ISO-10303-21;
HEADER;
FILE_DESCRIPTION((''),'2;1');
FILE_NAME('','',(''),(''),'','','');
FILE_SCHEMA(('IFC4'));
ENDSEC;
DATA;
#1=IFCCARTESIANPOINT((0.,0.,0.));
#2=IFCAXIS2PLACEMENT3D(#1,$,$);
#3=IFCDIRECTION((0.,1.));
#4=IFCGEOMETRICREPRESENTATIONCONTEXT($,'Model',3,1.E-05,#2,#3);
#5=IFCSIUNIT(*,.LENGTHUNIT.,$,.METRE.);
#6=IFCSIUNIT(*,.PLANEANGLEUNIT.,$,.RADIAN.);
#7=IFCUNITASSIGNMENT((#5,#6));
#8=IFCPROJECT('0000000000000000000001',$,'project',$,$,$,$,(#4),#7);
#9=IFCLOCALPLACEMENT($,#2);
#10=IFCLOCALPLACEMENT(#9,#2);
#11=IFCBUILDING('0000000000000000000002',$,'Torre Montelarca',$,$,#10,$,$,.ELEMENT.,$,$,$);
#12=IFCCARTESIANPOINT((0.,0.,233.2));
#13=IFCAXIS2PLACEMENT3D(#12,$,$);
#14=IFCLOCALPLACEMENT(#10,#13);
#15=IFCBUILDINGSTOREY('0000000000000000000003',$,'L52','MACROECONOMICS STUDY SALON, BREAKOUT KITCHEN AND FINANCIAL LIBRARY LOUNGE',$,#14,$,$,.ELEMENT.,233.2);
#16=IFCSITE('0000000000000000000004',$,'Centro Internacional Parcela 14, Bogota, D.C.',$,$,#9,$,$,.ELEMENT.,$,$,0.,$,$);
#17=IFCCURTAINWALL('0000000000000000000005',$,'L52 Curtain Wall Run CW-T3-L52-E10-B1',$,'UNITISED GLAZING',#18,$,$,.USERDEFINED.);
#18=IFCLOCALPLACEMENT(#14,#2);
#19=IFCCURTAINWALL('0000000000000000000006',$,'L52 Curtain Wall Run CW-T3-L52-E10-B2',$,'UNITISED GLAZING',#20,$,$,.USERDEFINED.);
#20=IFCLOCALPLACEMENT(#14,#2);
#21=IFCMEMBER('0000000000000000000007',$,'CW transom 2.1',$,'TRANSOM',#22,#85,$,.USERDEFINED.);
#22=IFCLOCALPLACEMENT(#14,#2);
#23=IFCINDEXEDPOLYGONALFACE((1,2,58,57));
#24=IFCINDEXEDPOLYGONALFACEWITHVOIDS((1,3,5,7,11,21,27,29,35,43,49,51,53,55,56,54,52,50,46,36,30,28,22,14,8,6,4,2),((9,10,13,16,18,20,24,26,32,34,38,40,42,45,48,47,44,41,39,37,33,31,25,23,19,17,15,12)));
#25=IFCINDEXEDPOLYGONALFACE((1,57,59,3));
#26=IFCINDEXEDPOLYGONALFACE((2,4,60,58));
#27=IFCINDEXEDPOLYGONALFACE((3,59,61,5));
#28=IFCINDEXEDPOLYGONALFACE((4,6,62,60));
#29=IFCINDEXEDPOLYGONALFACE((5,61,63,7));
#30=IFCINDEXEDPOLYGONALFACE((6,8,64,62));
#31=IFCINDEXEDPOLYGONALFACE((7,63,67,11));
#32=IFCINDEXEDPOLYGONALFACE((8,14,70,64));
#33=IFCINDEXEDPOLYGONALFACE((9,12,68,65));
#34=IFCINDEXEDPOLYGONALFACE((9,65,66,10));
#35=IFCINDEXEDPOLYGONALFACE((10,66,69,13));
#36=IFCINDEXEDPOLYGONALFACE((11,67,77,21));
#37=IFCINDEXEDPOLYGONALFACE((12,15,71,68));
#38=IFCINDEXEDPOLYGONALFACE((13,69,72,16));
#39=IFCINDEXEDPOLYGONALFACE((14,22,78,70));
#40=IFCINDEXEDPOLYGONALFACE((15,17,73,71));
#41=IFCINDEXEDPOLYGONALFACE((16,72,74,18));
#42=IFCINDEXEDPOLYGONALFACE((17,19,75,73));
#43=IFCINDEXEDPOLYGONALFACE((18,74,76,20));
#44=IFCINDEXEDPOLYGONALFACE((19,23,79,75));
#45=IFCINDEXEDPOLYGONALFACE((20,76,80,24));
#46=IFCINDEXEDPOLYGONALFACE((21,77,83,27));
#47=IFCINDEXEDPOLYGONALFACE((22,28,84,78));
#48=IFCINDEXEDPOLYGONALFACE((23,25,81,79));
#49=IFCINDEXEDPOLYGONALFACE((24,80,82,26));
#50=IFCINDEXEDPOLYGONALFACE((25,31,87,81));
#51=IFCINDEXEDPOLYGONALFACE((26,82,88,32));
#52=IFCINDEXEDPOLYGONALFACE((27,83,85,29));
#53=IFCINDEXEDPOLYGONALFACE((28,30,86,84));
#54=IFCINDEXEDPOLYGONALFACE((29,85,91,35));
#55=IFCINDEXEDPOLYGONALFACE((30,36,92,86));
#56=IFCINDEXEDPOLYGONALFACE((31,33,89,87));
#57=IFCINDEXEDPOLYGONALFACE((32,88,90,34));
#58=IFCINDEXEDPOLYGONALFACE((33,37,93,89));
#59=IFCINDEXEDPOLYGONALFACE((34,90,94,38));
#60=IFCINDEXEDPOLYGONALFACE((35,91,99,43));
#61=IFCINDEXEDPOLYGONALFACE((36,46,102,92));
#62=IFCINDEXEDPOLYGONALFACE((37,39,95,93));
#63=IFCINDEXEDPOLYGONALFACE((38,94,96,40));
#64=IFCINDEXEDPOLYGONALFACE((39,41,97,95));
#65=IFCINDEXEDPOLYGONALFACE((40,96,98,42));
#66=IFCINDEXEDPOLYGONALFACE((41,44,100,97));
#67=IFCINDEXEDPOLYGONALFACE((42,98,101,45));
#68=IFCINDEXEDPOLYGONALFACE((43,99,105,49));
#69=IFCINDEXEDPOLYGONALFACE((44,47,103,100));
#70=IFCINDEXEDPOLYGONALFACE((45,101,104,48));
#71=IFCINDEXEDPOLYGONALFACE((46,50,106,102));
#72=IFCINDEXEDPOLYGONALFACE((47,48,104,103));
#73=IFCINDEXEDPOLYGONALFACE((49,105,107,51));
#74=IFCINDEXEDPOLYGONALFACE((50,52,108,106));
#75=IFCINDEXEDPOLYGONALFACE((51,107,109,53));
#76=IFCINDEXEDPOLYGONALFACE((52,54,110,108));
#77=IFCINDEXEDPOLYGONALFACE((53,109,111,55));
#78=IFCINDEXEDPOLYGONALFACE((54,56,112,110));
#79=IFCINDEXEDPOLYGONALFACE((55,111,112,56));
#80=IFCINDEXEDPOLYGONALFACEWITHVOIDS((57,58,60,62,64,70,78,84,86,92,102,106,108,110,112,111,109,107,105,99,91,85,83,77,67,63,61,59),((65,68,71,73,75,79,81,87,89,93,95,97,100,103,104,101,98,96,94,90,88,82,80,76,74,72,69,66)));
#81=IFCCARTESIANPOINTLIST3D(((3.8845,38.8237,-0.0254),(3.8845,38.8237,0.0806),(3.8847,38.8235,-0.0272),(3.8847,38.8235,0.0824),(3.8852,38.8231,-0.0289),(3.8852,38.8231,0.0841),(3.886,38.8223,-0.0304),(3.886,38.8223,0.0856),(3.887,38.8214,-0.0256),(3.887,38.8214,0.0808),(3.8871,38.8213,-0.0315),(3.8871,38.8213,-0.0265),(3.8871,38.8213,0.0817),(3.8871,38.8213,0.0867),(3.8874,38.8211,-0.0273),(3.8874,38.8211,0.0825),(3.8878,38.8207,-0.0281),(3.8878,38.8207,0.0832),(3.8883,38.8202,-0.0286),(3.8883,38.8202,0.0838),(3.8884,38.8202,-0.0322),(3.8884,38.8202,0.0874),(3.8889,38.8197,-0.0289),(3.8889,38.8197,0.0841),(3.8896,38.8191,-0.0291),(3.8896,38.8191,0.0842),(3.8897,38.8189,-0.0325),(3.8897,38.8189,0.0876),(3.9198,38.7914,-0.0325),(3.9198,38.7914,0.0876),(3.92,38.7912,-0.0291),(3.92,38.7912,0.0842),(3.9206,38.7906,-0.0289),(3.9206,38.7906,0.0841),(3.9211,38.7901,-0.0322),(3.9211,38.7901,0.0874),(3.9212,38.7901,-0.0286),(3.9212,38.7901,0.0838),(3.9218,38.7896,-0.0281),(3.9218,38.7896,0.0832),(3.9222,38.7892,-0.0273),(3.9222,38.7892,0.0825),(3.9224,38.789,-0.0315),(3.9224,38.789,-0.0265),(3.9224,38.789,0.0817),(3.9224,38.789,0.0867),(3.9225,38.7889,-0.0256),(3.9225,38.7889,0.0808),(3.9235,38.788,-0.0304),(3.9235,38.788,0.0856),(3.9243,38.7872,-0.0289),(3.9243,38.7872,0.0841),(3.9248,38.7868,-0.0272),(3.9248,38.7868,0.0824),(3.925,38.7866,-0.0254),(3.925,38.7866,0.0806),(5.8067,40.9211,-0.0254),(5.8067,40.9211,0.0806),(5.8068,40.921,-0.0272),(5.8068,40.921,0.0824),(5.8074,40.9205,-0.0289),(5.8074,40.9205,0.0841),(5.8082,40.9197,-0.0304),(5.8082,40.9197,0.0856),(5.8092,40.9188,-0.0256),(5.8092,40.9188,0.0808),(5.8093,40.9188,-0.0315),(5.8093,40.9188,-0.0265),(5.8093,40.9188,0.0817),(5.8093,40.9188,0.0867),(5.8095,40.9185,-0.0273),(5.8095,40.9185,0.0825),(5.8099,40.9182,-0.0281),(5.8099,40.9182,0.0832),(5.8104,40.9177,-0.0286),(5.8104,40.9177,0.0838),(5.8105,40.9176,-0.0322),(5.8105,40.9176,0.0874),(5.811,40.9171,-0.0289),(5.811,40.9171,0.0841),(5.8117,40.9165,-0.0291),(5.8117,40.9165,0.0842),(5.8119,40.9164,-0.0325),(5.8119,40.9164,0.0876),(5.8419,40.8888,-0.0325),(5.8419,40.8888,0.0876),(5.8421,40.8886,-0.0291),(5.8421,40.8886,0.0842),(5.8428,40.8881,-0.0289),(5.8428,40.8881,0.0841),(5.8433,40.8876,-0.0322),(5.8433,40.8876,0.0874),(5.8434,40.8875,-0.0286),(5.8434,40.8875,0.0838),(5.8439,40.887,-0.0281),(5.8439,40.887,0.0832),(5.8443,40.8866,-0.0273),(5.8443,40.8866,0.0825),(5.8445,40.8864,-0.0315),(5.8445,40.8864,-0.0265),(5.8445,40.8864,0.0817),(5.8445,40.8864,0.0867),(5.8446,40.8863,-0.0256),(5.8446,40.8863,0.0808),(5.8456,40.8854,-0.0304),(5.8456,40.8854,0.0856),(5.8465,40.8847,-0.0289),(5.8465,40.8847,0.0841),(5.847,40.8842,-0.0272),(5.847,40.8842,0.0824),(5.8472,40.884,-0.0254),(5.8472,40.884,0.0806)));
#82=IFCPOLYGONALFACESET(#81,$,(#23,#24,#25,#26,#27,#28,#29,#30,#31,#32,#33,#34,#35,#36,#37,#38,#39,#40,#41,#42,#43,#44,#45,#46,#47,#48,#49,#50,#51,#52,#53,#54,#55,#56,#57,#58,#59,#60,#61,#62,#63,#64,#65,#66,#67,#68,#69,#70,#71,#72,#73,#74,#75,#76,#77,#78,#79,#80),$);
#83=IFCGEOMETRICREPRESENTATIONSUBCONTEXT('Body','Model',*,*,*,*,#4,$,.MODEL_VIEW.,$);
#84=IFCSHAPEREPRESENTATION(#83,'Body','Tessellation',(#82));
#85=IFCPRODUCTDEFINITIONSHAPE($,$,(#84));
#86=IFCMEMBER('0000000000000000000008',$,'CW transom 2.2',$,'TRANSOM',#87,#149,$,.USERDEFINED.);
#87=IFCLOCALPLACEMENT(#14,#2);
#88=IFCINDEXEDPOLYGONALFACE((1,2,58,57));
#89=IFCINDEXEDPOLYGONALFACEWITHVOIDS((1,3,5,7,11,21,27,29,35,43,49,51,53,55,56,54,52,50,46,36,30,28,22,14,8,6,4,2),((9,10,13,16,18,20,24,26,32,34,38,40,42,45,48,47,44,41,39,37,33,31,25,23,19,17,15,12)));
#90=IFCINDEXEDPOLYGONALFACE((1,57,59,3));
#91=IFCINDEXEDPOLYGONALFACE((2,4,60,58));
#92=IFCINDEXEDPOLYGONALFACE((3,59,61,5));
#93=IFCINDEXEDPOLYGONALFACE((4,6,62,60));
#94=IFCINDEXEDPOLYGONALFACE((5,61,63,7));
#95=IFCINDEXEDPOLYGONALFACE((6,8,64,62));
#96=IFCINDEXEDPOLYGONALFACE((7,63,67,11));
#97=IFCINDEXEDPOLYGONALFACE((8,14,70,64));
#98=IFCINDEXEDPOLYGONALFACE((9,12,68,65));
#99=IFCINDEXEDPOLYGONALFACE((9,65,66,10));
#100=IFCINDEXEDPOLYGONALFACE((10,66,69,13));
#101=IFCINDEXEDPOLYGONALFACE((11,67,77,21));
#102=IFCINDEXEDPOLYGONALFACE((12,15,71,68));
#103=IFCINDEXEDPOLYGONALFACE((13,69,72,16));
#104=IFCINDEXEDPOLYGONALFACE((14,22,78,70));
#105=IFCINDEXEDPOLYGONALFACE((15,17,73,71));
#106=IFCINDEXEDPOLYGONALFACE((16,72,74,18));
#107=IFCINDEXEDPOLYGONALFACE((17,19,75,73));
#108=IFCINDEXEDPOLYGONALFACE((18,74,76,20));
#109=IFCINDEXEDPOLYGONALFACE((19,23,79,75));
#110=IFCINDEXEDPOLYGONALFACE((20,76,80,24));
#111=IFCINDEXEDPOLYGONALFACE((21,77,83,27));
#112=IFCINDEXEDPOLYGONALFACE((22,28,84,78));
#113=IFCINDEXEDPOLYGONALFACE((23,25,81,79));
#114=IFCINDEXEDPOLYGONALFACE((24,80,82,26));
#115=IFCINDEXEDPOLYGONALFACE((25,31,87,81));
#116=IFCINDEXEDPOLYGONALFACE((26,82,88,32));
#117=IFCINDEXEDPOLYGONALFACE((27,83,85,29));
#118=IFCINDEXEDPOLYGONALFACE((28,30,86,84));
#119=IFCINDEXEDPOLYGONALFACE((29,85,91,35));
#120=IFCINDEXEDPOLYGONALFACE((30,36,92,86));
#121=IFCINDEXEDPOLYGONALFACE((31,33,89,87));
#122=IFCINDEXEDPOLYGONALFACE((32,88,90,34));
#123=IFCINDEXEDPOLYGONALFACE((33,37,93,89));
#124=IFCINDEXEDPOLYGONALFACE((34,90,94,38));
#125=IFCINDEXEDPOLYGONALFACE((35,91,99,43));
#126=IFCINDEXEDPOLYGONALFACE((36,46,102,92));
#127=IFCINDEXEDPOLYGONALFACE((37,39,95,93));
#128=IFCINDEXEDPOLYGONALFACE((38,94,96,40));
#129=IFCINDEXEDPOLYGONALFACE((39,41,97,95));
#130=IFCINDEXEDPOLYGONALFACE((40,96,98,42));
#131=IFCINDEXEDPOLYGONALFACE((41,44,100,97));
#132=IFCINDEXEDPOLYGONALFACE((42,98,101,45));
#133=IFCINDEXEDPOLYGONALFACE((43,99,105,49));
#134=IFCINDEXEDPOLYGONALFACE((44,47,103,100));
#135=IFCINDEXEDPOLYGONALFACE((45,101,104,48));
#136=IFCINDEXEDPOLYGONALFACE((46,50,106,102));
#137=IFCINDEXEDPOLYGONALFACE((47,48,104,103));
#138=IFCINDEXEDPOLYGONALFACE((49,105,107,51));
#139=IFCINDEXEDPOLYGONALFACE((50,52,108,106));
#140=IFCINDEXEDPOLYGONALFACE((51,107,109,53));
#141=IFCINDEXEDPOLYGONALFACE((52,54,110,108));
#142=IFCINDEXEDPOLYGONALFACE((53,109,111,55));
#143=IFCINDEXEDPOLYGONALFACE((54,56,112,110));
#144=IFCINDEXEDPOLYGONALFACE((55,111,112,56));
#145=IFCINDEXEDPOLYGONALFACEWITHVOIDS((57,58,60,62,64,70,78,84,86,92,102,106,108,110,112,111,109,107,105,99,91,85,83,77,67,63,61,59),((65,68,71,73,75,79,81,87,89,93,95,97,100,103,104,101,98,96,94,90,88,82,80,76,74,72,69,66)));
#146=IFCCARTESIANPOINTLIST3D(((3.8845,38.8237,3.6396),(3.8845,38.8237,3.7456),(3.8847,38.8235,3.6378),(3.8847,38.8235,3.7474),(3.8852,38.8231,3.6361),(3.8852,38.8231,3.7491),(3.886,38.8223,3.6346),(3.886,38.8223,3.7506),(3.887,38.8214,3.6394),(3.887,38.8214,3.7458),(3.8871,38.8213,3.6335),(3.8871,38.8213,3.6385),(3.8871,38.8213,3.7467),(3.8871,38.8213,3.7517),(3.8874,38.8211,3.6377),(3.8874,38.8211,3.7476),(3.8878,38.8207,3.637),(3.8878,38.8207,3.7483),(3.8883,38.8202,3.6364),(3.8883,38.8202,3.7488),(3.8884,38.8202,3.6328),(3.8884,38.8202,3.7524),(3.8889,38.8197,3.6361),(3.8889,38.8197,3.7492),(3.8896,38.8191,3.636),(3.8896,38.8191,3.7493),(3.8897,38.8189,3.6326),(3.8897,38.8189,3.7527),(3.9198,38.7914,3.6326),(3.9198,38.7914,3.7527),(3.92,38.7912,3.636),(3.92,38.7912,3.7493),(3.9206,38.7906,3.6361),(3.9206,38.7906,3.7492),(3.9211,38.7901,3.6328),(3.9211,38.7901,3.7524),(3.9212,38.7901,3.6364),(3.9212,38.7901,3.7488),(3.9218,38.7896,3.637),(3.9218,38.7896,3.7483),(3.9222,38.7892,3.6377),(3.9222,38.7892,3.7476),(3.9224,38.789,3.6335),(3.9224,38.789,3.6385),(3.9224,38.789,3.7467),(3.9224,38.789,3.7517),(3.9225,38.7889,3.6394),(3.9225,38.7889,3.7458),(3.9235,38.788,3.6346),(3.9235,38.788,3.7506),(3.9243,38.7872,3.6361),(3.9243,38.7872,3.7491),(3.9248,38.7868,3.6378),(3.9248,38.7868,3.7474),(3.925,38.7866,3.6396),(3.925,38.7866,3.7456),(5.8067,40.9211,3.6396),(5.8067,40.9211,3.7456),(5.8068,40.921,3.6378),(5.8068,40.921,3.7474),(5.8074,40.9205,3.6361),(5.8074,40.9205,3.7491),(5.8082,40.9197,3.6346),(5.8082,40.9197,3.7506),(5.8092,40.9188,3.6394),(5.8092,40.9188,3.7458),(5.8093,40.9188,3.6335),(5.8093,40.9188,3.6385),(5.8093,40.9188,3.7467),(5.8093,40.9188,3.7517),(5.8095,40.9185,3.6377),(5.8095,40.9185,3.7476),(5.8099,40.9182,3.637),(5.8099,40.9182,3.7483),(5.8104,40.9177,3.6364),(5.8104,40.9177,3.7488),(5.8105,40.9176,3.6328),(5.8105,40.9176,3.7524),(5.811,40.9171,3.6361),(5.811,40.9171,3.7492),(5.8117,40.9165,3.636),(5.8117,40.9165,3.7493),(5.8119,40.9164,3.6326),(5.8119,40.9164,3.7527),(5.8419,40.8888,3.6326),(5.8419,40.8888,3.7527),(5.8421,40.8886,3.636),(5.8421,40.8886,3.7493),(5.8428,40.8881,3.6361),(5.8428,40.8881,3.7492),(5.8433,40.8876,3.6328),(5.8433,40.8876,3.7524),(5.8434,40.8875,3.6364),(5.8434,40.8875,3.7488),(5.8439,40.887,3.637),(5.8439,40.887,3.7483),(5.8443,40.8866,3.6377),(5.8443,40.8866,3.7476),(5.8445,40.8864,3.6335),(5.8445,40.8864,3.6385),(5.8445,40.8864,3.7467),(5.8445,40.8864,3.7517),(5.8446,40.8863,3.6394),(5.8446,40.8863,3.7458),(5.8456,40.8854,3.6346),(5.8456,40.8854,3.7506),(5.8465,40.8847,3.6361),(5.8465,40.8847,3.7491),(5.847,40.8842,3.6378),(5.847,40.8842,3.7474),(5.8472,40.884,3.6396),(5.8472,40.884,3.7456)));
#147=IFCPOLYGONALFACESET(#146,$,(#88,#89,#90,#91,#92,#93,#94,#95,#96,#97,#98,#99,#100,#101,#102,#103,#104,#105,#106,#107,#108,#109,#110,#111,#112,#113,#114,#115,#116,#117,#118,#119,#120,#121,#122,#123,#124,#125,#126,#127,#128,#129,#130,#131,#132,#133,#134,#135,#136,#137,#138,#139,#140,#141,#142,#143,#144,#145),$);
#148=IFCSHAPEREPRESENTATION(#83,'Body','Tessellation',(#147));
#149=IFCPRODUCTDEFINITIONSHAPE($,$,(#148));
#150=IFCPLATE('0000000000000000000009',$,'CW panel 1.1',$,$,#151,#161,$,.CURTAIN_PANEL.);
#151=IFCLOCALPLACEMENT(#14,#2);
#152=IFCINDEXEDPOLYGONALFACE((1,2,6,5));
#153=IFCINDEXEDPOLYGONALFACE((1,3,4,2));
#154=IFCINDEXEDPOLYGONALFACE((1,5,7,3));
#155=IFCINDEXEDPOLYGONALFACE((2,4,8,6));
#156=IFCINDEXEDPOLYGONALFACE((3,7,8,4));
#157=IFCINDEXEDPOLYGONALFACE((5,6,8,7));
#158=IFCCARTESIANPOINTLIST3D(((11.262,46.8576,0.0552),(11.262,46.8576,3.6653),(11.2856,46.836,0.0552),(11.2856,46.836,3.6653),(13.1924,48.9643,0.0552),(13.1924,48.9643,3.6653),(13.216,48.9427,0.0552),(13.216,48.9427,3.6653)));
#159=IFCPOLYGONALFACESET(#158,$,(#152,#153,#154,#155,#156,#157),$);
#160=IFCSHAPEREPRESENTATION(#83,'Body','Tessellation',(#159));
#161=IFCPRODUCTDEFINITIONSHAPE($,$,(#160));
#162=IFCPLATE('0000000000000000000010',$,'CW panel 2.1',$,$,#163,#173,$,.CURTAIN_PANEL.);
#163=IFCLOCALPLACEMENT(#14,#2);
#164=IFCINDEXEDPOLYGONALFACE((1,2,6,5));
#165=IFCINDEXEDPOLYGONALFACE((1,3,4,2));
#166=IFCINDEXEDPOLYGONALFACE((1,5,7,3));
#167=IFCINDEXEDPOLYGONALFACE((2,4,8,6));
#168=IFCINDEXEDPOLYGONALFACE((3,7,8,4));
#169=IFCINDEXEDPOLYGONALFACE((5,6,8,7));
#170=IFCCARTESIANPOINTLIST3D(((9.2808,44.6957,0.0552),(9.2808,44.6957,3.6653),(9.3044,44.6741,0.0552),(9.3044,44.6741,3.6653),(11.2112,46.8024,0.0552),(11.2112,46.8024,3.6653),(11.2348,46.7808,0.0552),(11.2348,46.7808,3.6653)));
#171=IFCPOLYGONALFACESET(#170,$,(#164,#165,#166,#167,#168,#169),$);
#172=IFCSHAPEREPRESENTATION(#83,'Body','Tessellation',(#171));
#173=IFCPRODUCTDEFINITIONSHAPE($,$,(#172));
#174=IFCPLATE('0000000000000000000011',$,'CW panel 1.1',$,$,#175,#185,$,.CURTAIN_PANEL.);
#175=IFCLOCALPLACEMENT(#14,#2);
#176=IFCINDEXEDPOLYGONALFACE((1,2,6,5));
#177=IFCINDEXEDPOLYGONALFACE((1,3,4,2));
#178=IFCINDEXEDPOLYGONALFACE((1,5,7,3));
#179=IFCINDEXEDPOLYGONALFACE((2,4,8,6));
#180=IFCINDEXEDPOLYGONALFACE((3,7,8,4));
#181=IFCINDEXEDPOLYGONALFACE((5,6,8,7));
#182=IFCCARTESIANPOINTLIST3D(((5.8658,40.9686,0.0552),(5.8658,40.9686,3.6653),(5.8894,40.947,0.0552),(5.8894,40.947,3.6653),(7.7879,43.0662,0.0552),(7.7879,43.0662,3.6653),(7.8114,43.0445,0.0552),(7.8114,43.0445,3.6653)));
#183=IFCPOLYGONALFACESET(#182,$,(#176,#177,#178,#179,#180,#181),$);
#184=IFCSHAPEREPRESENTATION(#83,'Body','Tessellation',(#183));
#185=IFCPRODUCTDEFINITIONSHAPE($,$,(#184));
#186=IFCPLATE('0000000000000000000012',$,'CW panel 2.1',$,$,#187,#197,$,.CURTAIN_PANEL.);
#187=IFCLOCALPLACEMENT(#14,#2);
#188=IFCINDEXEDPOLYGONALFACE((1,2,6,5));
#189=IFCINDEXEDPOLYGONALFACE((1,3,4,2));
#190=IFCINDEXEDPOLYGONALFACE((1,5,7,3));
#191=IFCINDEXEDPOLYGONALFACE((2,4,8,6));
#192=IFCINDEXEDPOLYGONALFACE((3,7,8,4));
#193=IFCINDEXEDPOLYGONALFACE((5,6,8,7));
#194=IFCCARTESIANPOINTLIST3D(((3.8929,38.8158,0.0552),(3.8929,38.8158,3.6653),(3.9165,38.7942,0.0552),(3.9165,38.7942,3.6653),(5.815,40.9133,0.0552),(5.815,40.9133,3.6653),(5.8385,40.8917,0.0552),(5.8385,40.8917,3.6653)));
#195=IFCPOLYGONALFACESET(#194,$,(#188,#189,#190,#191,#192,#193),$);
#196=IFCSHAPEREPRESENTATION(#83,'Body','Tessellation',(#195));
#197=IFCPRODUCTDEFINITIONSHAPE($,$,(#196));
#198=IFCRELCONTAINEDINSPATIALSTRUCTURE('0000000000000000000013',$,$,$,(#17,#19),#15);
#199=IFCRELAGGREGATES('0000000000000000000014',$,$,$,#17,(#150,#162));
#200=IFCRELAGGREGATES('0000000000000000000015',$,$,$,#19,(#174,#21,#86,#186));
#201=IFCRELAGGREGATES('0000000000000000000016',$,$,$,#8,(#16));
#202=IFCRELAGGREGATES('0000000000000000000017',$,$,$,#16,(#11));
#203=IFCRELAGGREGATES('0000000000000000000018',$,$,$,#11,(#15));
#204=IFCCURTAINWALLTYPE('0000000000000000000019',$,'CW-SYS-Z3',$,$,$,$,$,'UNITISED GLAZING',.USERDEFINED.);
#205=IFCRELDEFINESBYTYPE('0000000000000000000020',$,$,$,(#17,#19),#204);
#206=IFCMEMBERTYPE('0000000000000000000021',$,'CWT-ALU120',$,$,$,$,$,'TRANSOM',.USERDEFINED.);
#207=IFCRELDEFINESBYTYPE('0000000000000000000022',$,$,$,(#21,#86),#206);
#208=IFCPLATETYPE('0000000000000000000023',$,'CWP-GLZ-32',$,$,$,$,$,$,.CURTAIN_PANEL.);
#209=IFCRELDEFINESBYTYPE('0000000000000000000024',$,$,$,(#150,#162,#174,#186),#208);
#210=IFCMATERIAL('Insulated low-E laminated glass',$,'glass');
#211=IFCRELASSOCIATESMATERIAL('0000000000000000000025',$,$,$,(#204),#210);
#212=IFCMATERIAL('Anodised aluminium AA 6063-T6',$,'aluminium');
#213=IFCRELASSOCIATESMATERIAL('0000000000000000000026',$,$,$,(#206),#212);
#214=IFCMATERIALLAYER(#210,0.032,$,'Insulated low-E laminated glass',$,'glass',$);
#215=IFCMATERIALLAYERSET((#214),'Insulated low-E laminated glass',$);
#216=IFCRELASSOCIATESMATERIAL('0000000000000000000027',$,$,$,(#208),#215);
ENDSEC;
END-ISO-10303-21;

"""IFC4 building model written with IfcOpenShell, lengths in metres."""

from ifc_helpers import new_model, si_unit, direction, frame, origin, origin_2d, place, context, subcontext, project, spatial, rectangle, hollow_rectangle, extrude, source, transform, mapped, material, layer, layer_set, material_profile, profile_set, type_object, element, aggregate, save


model = new_model("IFC4")

# Units and contexts
model_context = context("Model", 3, precision=1e-05, world=origin(), true_north=direction((0.0, 1.0)))
body_context = subcontext(model_context, "Body", "Model", "MODEL_VIEW")
ifc_project = project(units=[si_unit("LENGTHUNIT", "METRE"), si_unit("PLANEANGLEUNIT", "RADIAN")], contexts=[model_context])

# Site, building, storey
site_placement = place(None, origin())
site = spatial("IfcSite", under=ifc_project, at=site_placement, Name="Centro Internacional Parcela 14, Bogota, D.C.", CompositionType="ELEMENT", RefElevation=0.0)
building_placement = place(site_placement, origin())
building = spatial("IfcBuilding", under=site, at=building_placement, Name="Torre Montelarca", CompositionType="ELEMENT")
storey_placement = place(building_placement, frame((0.0, 0.0, 233.2)))
storey = spatial("IfcBuildingStorey", under=building, at=storey_placement, Name="L52", Description="MACROECONOMICS STUDY SALON, BREAKOUT KITCHEN AND FINANCIAL LIBRARY LOUNGE", CompositionType="ELEMENT", Elevation=233.2)

# Shared definitions
ifc_material_1 = material(Name="Insulated low-E laminated glass", Category="glass")
curtain_wall_type = type_object("IfcCurtainWallType", Name="CW-SYS-Z3", ElementType="UNITISED GLAZING", PredefinedType="USERDEFINED", material=ifc_material_1)
ifc_material_2 = material(Name="Anodised aluminium AA 6063-T6", Category="aluminium")

# Curtain walls
curtain_wall_1_placement = place(storey_placement, origin())
curtain_wall_1 = element("IfcCurtainWall", 1, at=curtain_wall_1_placement, inside=storey, type_object=curtain_wall_type, Name="L52 Curtain Wall Run CW-T3-L52-E10-B1", ObjectType="UNITISED GLAZING", PredefinedType="USERDEFINED")
curtain_wall_2_placement = place(storey_placement, origin())
curtain_wall_2 = element("IfcCurtainWall", 2, at=curtain_wall_2_placement, inside=storey, type_object=curtain_wall_type, Name="L52 Curtain Wall Run CW-T3-L52-E10-B2", ObjectType="UNITISED GLAZING", PredefinedType="USERDEFINED")

# Members
ifc_material_profile_1 = material_profile(ifc_material_2, hollow_rectangle(XDim=0.0549, YDim=0.1201, WallThickness=0.0034, InnerFilletRadius=0.0034, OuterFilletRadius=0.0071, at=origin_2d()), Name="ALU55X120X3.5", Category="aluminium")
ifc_profile_set_1 = profile_set([ifc_material_profile_1], Name="Anodised aluminium AA 6063-T6")
member_type_1 = type_object("IfcMemberType", Name="CWT-ALU120", ElementType="TRANSOM", PredefinedType="USERDEFINED", material=ifc_profile_set_1)
shared_shape_1 = source(origin(), body_context, "Body", "SweptSolid", [
    extrude(hollow_rectangle(XDim=0.0549, YDim=0.1201, WallThickness=0.0034, InnerFilletRadius=0.0034, OuterFilletRadius=0.0071, at=origin_2d()), origin(), (0.0, 0.0, 1.0), 2.845),
])
member_1_placement = place(storey_placement, frame((5.8269, 40.9026, 0.0276), z_axis=(-0.675627, -0.737243, 0.0), x_axis=(0.737243, -0.675627, 0.0)))
member_1 = element("IfcMember", 3, at=member_1_placement, type_object=member_type_1, Name="CW transom 2.1", ObjectType="TRANSOM", PredefinedType="USERDEFINED", context=body_context, shape_type="MappedRepresentation", body=[
    mapped(shared_shape_1, transform((0.0, 0.0, 0.0), scale=1.0)),
])
member_2_placement = place(storey_placement, frame((5.8269, 40.9026, 3.6926), z_axis=(-0.675627, -0.737243, 0.0), x_axis=(0.737243, -0.675627, 0.0)))
member_2 = element("IfcMember", 4, at=member_2_placement, type_object=member_type_1, Name="CW transom 2.2", ObjectType="TRANSOM", PredefinedType="USERDEFINED", context=body_context, shape_type="MappedRepresentation", body=[
    mapped(shared_shape_1, transform((0.0, 0.0, 0.0), scale=1.0)),
])

# Plates
ifc_layer_1 = layer(ifc_material_1, 0.032, Name="Insulated low-E laminated glass", Category="glass")
ifc_layer_set_1 = layer_set([ifc_layer_1], Name="Insulated low-E laminated glass")
plate_type = type_object("IfcPlateType", Name="CWP-GLZ-32", PredefinedType="CURTAIN_PANEL", material=ifc_layer_set_1)
shared_shape_2 = source(origin(), body_context, "Body", "SweptSolid", [
    extrude(rectangle(XDim=2.8574, YDim=0.032, at=origin_2d()), origin(), (0.0, 0.0, 1.0), 3.6101),
])
plate_1_placement = place(storey_placement, frame((12.239, 47.9001, 0.0552), z_axis=(0.0, 0.0, 1.0), x_axis=(-0.675592, -0.737276, 0.0)))
plate_1 = element("IfcPlate", 5, at=plate_1_placement, type_object=plate_type, Name="CW panel 1.1", PredefinedType="CURTAIN_PANEL", context=body_context, shape_type="MappedRepresentation", body=[
    mapped(shared_shape_2, transform((0.0, 0.0, 0.0), scale=1.0)),
])
plate_2_placement = place(storey_placement, frame((10.2578, 45.7383, 0.0552), z_axis=(0.0, 0.0, 1.0), x_axis=(-0.675592, -0.737276, 0.0)))
plate_2 = element("IfcPlate", 6, at=plate_2_placement, type_object=plate_type, Name="CW panel 2.1", PredefinedType="CURTAIN_PANEL", context=body_context, shape_type="MappedRepresentation", body=[
    mapped(shared_shape_2, transform((0.0, 0.0, 0.0), scale=1.0)),
])
aggregate(curtain_wall_1, [plate_1, plate_2])
shared_shape_3 = source(origin(), body_context, "Body", "SweptSolid", [
    extrude(rectangle(XDim=2.845, YDim=0.032, at=origin_2d()), origin(), (0.0, 0.0, 1.0), 3.6101),
])
plate_3_placement = place(storey_placement, frame((6.8386, 42.0066, 0.0552), z_axis=(0.0, 0.0, 1.0), x_axis=(-0.675597, -0.737271, 0.0)))
plate_3 = element("IfcPlate", 7, at=plate_3_placement, type_object=plate_type, Name="CW panel 1.1", PredefinedType="CURTAIN_PANEL", context=body_context, shape_type="MappedRepresentation", body=[
    mapped(shared_shape_3, transform((0.0, 0.0, 0.0), scale=1.0)),
])
plate_4_placement = place(storey_placement, frame((4.8657, 39.8538, 0.0552), z_axis=(0.0, 0.0, 1.0), x_axis=(-0.675597, -0.737271, 0.0)))
plate_4 = element("IfcPlate", 8, at=plate_4_placement, type_object=plate_type, Name="CW panel 2.1", PredefinedType="CURTAIN_PANEL", context=body_context, shape_type="MappedRepresentation", body=[
    mapped(shared_shape_3, transform((0.0, 0.0, 0.0), scale=1.0)),
])
aggregate(curtain_wall_2, [plate_3, member_1, member_2, plate_4])

save(model, "model.ifc")
